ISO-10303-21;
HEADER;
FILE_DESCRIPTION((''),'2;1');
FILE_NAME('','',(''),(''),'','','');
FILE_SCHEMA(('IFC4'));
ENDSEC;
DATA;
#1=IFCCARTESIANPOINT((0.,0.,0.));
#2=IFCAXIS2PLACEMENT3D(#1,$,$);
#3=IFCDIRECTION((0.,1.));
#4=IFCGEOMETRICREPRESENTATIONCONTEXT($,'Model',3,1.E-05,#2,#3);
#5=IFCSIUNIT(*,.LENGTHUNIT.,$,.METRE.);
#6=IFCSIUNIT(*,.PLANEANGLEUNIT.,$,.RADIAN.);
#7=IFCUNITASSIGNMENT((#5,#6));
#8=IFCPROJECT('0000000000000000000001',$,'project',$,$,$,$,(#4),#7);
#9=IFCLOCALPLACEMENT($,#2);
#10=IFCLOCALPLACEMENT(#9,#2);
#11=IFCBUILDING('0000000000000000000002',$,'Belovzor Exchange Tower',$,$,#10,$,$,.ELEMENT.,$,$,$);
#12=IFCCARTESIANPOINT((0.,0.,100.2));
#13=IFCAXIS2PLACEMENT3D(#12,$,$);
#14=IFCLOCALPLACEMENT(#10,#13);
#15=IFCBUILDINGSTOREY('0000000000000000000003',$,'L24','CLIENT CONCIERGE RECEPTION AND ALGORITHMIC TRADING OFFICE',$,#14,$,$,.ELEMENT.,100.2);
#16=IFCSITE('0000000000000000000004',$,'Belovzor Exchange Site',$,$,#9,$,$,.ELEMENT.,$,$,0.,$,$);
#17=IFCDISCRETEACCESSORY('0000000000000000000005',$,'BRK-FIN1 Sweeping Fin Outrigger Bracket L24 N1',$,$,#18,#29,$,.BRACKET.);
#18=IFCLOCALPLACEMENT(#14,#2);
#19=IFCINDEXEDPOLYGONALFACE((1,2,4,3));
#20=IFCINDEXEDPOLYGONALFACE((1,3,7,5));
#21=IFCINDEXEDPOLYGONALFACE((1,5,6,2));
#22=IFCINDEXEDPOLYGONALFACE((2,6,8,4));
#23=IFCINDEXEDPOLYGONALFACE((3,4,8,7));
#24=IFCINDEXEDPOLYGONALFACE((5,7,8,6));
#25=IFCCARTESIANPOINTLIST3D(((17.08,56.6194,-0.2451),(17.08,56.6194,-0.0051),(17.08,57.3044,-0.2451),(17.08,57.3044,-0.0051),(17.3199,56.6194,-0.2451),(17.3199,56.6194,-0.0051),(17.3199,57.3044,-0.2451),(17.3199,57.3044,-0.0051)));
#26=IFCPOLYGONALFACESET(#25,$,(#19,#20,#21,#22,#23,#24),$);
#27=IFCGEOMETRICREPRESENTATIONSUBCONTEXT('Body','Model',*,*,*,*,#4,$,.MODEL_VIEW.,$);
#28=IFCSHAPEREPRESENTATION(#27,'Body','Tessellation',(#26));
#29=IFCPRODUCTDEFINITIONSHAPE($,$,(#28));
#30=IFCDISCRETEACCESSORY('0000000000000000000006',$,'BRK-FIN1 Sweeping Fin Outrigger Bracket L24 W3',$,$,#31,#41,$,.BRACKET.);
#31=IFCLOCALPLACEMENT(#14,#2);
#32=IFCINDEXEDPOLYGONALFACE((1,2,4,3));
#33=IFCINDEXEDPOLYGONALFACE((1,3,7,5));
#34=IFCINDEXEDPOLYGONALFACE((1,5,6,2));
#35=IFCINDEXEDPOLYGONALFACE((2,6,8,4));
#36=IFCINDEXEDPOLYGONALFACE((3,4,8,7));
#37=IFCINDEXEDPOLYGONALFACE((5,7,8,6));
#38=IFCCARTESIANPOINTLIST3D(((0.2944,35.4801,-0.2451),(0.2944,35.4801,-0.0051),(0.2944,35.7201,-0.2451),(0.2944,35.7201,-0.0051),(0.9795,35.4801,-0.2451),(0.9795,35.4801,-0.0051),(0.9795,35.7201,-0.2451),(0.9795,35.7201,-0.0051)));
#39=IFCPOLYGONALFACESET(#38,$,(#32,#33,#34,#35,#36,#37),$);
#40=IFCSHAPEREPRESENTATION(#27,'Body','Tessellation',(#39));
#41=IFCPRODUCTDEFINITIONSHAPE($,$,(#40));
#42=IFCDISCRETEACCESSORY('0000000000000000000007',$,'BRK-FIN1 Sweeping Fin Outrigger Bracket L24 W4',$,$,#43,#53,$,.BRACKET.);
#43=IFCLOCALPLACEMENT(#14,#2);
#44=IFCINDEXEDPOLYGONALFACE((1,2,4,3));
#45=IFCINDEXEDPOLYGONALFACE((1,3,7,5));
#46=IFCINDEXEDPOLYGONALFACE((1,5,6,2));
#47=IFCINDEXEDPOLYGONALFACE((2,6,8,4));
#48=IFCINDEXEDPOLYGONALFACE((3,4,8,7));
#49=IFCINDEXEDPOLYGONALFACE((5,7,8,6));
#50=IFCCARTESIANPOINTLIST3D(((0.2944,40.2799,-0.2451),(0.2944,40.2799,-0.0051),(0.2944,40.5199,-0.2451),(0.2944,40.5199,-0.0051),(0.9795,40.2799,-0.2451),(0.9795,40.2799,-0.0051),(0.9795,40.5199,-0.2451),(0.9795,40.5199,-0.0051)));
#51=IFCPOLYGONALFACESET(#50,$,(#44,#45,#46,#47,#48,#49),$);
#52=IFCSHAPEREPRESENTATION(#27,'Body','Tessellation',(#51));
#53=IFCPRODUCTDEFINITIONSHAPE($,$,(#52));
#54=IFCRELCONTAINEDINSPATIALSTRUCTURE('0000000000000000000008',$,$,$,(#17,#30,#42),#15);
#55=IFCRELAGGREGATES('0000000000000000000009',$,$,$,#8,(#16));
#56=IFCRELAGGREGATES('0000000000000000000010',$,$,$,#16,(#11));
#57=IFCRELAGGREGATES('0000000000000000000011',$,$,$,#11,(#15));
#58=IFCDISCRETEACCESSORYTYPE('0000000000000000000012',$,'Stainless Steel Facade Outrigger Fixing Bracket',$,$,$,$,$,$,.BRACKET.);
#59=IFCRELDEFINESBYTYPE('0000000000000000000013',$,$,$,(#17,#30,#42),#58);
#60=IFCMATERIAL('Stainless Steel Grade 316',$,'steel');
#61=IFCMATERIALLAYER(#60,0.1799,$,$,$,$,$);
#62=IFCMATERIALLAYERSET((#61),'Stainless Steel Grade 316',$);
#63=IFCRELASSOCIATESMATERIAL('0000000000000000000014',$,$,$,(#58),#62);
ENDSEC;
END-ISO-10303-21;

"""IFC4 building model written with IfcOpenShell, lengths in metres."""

from ifc_helpers import new_model, si_unit, direction, frame, origin, origin_2d, place, context, subcontext, project, spatial, rectangle, extrude, material, layer, layer_set, type_object, element, save


model = new_model("IFC4")

# Units and contexts
model_context = context("Model", 3, precision=1e-05, world=origin(), true_north=direction((0.0, 1.0)))
body_context = subcontext(model_context, "Body", "Model", "MODEL_VIEW")
ifc_project = project(units=[si_unit("LENGTHUNIT", "METRE"), si_unit("PLANEANGLEUNIT", "RADIAN")], contexts=[model_context])

# Site, building, storey
site_placement = place(None, origin())
site = spatial("IfcSite", under=ifc_project, at=site_placement, Name="Belovzor Exchange Site", CompositionType="ELEMENT", RefElevation=0.0)
building_placement = place(site_placement, origin())
building = spatial("IfcBuilding", under=site, at=building_placement, Name="Belovzor Exchange Tower", CompositionType="ELEMENT")
storey_placement = place(building_placement, frame((0.0, 0.0, 100.2)))
storey = spatial("IfcBuildingStorey", under=building, at=storey_placement, Name="L24", Description="CLIENT CONCIERGE RECEPTION AND ALGORITHMIC TRADING OFFICE", CompositionType="ELEMENT", Elevation=100.2)

# Discrete accessories
ifc_material_1 = material(Name="Stainless Steel Grade 316", Category="steel")
ifc_layer_1 = layer(ifc_material_1, 0.1799)
ifc_layer_set_1 = layer_set([ifc_layer_1], Name="Stainless Steel Grade 316")
discrete_accessory_type = type_object("IfcDiscreteAccessoryType", Name="Stainless Steel Facade Outrigger Fixing Bracket", PredefinedType="BRACKET", material=ifc_layer_set_1)
for number, where, z_axis, x_axis, name in (
    (1, (17.2, 56.9619, -0.2451), (0.0, 0.0, 1.0), (0.0, 1.0, 0.0), "BRK-FIN1 Sweeping Fin Outrigger Bracket L24 N1"),
    (2, (0.637, 35.6001, -0.2451), (0.0, 0.0, 1.0), (1.0, 0.0, 0.0), "BRK-FIN1 Sweeping Fin Outrigger Bracket L24 W3"),
    (3, (0.637, 40.3999, -0.2451), (0.0, 0.0, 1.0), (1.0, 0.0, 0.0), "BRK-FIN1 Sweeping Fin Outrigger Bracket L24 W4"),
):
    element("IfcDiscreteAccessory", number, at=place(storey_placement, frame(where, z_axis=z_axis, x_axis=x_axis)), inside=storey, type_object=discrete_accessory_type, Name=name, PredefinedType="BRACKET", context=body_context, shape_type="SweptSolid", body=[
        extrude(rectangle(XDim=0.6851, YDim=0.24, at=origin_2d()), origin(), (0.0, 0.0, 1.0), 0.24),
    ])

save(model, "model.ifc")
